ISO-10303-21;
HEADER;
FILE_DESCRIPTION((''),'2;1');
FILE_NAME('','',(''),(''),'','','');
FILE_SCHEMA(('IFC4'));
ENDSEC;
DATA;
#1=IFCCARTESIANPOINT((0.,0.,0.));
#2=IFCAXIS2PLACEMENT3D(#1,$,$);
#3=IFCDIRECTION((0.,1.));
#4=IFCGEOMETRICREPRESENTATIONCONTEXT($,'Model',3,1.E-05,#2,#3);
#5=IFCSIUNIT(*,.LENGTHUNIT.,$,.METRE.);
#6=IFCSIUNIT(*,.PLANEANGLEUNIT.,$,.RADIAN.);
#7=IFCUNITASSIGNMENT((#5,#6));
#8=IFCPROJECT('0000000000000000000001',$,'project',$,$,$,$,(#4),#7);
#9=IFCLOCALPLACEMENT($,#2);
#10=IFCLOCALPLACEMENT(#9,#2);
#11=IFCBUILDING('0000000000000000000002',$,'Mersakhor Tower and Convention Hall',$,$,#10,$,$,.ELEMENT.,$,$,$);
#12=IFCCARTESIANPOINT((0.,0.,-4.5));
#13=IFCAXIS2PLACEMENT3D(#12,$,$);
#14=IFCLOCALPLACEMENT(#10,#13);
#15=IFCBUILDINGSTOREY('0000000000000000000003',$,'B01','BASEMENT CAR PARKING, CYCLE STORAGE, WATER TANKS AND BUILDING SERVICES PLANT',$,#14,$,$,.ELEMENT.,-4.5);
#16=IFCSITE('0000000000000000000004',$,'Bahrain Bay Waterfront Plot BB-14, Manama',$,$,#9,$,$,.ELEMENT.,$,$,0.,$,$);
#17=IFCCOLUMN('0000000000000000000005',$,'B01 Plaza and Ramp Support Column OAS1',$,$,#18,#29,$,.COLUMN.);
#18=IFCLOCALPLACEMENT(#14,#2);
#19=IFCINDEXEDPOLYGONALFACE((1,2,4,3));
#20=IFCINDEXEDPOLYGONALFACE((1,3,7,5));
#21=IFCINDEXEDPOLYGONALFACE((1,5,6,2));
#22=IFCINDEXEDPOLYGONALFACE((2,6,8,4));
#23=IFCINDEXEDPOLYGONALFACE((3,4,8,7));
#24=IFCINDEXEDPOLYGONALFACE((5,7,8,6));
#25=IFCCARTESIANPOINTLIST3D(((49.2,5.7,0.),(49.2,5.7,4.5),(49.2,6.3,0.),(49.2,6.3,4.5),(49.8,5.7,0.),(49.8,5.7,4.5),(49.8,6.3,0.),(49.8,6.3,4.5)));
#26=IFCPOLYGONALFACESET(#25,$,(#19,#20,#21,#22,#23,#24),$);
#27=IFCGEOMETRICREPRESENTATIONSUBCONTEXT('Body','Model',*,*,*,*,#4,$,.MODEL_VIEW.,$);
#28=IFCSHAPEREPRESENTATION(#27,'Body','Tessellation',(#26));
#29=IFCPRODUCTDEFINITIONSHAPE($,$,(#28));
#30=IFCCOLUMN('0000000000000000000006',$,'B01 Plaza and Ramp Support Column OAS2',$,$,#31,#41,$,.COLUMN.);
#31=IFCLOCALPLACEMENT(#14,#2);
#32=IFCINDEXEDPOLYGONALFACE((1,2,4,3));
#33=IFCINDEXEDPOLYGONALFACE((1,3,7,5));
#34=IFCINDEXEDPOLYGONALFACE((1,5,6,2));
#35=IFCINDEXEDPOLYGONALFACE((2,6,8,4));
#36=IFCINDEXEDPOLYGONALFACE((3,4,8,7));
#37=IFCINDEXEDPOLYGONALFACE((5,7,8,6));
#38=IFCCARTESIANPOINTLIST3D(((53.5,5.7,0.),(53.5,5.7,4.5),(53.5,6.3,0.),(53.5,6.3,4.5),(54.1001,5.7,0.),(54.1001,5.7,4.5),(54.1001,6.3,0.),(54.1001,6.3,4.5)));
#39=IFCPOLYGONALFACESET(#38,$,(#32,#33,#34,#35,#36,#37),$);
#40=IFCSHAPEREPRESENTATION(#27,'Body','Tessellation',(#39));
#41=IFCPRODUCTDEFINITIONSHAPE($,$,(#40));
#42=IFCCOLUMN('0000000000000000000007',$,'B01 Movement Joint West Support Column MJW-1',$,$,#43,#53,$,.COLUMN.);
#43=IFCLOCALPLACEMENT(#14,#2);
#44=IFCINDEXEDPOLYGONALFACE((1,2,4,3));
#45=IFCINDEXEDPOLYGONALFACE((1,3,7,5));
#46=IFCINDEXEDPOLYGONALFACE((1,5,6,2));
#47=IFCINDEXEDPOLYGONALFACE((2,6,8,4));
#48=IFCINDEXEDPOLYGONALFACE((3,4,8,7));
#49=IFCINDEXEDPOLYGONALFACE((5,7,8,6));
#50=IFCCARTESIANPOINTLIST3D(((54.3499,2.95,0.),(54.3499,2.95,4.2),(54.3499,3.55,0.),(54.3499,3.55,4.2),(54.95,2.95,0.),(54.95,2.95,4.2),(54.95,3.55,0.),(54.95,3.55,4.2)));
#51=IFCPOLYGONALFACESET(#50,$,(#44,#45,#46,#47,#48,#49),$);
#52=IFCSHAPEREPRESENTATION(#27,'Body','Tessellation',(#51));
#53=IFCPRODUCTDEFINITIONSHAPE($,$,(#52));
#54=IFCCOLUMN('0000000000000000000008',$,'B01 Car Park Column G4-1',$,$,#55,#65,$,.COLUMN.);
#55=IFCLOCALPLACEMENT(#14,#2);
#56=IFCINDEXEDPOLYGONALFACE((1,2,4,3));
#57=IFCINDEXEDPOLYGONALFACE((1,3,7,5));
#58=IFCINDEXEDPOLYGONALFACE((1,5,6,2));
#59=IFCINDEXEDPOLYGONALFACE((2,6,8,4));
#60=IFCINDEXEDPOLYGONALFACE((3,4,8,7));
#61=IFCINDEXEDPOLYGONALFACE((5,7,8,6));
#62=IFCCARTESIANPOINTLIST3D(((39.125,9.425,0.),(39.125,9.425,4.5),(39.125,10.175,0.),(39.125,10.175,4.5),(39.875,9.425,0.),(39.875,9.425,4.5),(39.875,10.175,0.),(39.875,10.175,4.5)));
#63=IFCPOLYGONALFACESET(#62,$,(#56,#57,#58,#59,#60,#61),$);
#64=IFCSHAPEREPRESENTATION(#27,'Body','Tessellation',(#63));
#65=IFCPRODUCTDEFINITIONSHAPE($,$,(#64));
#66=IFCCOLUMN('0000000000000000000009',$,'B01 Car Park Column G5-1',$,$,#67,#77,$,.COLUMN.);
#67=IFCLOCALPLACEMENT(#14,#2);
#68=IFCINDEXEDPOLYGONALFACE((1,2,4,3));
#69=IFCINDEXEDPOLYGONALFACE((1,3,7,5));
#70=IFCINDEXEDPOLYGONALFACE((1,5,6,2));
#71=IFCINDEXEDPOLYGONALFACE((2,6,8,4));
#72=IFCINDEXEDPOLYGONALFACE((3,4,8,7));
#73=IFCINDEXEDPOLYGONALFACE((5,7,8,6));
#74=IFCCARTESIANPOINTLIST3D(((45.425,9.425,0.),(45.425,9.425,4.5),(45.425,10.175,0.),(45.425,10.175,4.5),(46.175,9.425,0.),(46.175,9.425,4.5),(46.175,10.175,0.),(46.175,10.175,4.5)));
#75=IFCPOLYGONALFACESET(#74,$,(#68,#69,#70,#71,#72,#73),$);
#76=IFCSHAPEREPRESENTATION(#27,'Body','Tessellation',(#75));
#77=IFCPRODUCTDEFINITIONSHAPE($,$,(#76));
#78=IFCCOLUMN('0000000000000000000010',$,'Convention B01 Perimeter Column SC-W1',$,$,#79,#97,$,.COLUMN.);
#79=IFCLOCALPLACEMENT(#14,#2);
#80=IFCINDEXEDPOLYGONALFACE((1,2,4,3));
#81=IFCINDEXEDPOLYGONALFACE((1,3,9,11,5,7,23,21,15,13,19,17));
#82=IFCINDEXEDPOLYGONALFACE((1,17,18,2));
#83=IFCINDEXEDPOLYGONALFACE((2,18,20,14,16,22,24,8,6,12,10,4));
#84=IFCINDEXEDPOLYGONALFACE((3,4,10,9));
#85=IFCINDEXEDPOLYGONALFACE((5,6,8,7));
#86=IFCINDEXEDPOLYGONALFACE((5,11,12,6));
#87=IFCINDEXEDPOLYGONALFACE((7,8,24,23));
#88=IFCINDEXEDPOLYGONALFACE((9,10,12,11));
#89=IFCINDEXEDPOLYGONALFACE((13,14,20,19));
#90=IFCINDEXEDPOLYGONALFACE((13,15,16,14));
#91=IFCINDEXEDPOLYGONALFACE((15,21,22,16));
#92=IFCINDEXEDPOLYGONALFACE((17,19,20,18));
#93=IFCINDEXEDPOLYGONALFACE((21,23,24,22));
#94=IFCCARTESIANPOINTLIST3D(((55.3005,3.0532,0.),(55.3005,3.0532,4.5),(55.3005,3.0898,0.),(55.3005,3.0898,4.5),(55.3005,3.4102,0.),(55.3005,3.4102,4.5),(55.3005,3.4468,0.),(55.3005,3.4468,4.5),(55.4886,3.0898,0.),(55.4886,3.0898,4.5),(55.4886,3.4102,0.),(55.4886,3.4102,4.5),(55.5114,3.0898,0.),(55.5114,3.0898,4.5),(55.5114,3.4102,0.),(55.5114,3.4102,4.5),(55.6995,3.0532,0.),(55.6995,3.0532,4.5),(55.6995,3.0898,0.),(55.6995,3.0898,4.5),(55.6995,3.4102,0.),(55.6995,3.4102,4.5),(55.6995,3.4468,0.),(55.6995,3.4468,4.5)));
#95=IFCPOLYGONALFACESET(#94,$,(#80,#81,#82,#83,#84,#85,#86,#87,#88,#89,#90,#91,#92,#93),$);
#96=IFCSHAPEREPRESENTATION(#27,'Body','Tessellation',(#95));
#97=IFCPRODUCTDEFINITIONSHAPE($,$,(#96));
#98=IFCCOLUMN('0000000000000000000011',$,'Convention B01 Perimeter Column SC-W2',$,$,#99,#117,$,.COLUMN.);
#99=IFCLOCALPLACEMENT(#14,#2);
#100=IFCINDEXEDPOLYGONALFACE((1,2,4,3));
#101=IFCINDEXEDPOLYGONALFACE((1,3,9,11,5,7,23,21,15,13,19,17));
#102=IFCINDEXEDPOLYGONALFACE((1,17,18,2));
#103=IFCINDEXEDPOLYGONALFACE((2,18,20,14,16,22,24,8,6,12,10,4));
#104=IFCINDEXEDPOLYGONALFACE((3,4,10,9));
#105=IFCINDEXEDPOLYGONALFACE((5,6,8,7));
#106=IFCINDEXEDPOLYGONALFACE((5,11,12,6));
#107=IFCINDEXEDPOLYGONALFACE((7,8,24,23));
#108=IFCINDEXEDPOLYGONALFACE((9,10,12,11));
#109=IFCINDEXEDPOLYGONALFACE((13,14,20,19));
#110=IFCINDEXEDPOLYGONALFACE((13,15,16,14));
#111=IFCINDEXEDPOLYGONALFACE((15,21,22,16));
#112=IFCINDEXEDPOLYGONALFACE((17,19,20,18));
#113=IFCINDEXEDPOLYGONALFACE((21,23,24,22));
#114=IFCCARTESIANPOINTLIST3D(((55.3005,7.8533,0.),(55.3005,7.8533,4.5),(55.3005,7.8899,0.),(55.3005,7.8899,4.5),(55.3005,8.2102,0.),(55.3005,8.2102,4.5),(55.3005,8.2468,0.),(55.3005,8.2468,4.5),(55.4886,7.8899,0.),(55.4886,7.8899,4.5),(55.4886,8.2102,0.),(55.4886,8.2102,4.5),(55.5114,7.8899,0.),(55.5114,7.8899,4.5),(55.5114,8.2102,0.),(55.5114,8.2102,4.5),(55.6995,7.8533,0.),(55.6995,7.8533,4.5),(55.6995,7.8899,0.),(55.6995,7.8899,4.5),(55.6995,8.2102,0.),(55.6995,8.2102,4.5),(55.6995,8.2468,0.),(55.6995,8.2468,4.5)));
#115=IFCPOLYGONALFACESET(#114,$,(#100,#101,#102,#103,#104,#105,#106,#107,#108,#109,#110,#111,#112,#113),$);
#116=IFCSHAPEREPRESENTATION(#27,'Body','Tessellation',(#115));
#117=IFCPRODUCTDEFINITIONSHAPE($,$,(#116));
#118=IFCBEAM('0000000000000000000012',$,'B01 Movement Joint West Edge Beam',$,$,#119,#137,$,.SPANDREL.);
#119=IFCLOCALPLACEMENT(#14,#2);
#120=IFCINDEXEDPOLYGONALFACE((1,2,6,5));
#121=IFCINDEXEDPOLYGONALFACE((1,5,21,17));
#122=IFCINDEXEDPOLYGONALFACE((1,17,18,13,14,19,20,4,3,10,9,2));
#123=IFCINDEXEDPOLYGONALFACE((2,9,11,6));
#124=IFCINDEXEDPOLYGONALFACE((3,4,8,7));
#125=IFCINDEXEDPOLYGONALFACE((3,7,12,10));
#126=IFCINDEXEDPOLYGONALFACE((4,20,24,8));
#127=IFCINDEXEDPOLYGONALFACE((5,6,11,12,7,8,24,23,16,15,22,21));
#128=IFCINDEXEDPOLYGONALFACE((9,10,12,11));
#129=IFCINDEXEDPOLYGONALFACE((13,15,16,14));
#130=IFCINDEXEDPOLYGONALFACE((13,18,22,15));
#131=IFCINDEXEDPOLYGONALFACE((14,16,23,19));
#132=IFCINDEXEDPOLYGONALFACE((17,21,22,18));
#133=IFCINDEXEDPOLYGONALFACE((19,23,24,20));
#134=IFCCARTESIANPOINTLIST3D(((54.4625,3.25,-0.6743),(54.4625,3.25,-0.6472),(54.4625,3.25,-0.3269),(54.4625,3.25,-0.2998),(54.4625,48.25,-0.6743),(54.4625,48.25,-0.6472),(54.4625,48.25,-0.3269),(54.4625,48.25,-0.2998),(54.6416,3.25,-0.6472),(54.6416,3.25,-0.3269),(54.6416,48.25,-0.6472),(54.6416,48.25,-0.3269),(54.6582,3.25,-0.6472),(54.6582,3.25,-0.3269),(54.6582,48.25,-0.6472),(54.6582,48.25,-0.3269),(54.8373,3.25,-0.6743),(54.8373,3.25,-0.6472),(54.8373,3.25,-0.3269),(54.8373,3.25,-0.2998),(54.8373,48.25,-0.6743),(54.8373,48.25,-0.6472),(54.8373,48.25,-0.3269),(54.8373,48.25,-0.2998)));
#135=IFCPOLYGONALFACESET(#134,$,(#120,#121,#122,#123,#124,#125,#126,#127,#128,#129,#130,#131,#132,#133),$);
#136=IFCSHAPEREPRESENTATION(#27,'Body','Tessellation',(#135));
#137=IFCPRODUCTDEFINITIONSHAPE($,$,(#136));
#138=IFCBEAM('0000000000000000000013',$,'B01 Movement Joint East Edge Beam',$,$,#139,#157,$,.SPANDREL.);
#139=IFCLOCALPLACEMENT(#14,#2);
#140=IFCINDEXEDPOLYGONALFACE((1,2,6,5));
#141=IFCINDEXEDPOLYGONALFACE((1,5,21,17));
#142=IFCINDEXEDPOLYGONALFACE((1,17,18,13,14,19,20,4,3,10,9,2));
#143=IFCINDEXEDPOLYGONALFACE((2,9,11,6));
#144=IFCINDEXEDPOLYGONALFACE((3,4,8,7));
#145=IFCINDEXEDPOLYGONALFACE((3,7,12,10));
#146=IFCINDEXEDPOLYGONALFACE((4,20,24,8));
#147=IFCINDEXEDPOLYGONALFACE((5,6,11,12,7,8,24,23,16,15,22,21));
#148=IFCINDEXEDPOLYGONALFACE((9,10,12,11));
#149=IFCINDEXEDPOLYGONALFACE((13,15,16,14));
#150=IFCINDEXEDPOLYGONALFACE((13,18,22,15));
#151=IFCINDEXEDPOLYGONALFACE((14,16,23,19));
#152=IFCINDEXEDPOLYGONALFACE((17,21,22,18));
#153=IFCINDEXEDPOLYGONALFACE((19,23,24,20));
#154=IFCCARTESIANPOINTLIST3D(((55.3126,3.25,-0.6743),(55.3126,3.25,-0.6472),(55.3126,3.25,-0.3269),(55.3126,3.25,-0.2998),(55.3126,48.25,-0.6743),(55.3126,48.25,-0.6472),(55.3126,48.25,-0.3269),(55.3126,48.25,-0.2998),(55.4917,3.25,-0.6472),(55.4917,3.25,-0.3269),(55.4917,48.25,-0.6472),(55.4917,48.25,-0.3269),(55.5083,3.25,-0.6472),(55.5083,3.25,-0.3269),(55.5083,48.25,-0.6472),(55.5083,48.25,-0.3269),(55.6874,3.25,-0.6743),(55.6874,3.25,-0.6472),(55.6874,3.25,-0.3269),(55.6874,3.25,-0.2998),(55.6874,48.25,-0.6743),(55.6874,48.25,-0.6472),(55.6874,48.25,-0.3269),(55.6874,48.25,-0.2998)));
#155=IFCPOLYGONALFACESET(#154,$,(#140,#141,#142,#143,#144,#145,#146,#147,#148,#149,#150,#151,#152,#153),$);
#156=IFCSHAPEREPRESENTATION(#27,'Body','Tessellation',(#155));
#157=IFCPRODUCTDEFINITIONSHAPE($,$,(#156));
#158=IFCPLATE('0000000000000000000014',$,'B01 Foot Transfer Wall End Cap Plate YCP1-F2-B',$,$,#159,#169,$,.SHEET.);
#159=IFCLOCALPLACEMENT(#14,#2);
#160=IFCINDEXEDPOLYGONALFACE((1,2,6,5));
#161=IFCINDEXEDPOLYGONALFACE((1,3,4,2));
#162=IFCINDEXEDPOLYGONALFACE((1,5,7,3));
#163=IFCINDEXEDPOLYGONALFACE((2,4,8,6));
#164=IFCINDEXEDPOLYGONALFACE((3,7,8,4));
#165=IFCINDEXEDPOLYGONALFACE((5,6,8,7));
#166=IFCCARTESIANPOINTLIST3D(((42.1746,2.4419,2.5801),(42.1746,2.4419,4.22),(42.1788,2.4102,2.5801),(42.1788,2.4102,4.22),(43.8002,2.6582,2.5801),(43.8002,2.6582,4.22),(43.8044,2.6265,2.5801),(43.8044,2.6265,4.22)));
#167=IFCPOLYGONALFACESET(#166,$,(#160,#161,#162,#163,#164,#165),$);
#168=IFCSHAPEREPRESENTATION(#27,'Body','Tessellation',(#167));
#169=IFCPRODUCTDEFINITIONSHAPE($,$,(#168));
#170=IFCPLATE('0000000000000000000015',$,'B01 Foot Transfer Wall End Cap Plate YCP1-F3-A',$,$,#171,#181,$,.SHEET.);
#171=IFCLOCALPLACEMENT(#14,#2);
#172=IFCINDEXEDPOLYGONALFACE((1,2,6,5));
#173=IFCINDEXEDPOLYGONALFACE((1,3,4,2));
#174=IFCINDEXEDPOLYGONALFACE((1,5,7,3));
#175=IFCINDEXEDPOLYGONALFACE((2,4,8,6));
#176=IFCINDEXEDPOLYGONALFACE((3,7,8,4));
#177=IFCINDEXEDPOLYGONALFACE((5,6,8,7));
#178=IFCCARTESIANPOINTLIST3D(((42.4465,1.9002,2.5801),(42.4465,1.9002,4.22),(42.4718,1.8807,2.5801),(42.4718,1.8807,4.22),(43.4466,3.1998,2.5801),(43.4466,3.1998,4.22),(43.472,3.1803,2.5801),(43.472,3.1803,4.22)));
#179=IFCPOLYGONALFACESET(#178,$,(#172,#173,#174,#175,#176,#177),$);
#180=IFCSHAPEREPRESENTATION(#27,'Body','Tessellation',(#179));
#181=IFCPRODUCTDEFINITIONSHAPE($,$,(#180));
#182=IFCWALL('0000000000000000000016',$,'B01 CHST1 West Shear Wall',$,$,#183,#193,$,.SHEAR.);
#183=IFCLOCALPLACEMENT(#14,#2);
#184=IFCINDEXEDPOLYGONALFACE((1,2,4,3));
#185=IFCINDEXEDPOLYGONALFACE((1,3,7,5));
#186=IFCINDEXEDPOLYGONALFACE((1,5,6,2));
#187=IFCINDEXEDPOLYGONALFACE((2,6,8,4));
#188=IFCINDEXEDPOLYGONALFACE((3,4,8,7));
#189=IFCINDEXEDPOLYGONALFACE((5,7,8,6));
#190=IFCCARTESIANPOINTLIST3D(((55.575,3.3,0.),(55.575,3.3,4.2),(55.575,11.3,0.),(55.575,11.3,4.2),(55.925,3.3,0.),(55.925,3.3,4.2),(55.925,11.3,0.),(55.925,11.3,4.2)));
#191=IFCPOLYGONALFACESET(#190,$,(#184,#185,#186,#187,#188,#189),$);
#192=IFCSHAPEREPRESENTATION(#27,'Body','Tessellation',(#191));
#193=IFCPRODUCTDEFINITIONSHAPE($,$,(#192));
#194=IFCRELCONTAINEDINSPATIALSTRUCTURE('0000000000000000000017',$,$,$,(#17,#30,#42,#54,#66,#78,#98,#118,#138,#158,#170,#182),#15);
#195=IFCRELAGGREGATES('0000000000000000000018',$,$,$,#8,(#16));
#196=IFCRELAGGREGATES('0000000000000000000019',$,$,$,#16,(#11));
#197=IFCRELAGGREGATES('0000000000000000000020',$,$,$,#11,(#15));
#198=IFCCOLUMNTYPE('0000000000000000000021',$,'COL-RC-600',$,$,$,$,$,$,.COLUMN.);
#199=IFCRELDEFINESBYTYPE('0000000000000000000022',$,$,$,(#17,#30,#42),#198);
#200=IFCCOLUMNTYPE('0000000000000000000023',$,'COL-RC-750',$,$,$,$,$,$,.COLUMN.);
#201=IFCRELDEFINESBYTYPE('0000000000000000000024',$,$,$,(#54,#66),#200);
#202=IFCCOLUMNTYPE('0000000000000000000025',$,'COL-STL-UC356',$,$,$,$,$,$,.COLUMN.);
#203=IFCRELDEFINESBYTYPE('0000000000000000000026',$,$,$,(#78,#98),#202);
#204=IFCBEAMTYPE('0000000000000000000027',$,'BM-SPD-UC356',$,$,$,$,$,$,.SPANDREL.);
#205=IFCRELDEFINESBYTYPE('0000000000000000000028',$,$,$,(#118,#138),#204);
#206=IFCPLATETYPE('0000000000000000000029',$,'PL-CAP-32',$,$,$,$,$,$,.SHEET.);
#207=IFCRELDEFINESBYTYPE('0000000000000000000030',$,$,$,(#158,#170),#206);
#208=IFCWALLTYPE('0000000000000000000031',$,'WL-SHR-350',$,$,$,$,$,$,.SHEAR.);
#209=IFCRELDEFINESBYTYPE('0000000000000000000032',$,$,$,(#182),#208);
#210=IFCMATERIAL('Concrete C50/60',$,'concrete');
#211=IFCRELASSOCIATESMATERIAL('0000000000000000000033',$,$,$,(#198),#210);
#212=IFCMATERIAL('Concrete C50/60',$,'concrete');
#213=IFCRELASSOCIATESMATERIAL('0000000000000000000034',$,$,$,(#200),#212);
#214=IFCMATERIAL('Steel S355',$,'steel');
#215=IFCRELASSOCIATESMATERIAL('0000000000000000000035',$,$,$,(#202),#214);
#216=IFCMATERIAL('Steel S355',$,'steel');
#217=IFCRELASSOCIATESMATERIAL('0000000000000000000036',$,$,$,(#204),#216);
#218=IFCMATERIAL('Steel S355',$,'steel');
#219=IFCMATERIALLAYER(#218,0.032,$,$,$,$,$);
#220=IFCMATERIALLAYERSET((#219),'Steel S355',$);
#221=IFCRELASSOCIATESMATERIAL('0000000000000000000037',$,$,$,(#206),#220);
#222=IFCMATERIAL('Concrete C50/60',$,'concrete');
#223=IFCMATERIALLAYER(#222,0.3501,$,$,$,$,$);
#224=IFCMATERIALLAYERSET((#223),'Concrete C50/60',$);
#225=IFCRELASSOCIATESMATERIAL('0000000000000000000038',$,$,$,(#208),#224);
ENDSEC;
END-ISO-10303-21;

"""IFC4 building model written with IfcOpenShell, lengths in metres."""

from ifc_helpers import new_model, si_unit, direction, frame, frame_2d, origin, origin_2d, place, context, subcontext, project, spatial, rectangle, i_section, extrude, material, layer, layer_set, material_profile, profile_set, type_object, element, save


model = new_model("IFC4")

# Units and contexts
model_context = context("Model", 3, precision=1e-05, world=origin(), true_north=direction((0.0, 1.0)))
body_context = subcontext(model_context, "Body", "Model", "MODEL_VIEW")
ifc_project = project(units=[si_unit("LENGTHUNIT", "METRE"), si_unit("PLANEANGLEUNIT", "RADIAN")], contexts=[model_context])

# Site, building, storey
site_placement = place(None, origin())
site = spatial("IfcSite", under=ifc_project, at=site_placement, Name="Bahrain Bay Waterfront Plot BB-14, Manama", CompositionType="ELEMENT", RefElevation=0.0)
building_placement = place(site_placement, origin())
building = spatial("IfcBuilding", under=site, at=building_placement, Name="Mersakhor Tower and Convention Hall", CompositionType="ELEMENT")
storey_placement = place(building_placement, frame((0.0, 0.0, -4.5)))
storey = spatial("IfcBuildingStorey", under=building, at=storey_placement, Name="B01", Description="BASEMENT CAR PARKING, CYCLE STORAGE, WATER TANKS AND BUILDING SERVICES PLANT", CompositionType="ELEMENT", Elevation=-4.5)

# Columns
ifc_material_1 = material(Name="Concrete C50/60", Category="concrete")
ifc_material_profile_1 = material_profile(ifc_material_1, rectangle(XDim=0.6001, YDim=0.6001, at=origin_2d()), Name="RC 600x600")
ifc_profile_set_1 = profile_set([ifc_material_profile_1], Name="Concrete C50/60")
column_type_1 = type_object("IfcColumnType", Name="COL-RC-600", PredefinedType="COLUMN", material=ifc_profile_set_1)
for number, where, z_axis, x_axis, name in (
    (1, (49.5, 6.0, 0.0), (0.0, 0.0, 1.0), (1.0, 0.0, 0.0), "B01 Plaza and Ramp Support Column OAS1"),
    (2, (53.8, 6.0, 0.0), (0.0, 0.0, 1.0), (1.0, 0.0, 0.0), "B01 Plaza and Ramp Support Column OAS2"),
):
    element("IfcColumn", number, at=place(storey_placement, frame(where, z_axis=z_axis, x_axis=x_axis)), inside=storey, type_object=column_type_1, Name=name, PredefinedType="COLUMN", context=body_context, shape_type="SweptSolid", body=[
        extrude(rectangle(XDim=0.6001, YDim=0.6001, at=origin_2d()), origin(), (0.0, 0.0, 1.0), 4.5),
    ])
column_placement = place(storey_placement, frame((54.6499, 3.25, 0.0), z_axis=(0.0, 0.0, 1.0), x_axis=(1.0, 0.0, 0.0)))
element("IfcColumn", 3, at=column_placement, inside=storey, type_object=column_type_1, Name="B01 Movement Joint West Support Column MJW-1", PredefinedType="COLUMN", context=body_context, shape_type="SweptSolid", body=[
    extrude(rectangle(XDim=0.6001, YDim=0.6001, at=origin_2d()), origin(), (0.0, 0.0, 1.0), 4.2),
])
ifc_material_2 = material(Name="Concrete C50/60", Category="concrete")
ifc_material_profile_2 = material_profile(ifc_material_2, rectangle(XDim=0.75, YDim=0.75, at=origin_2d()), Name="RC 750x750")
ifc_profile_set_2 = profile_set([ifc_material_profile_2], Name="Concrete C50/60")
column_type_2 = type_object("IfcColumnType", Name="COL-RC-750", PredefinedType="COLUMN", material=ifc_profile_set_2)
for number, where, z_axis, x_axis, name in (
    (4, (39.5, 9.8, 0.0), (0.0, 0.0, 1.0), (1.0, 0.0, 0.0), "B01 Car Park Column G4-1"),
    (5, (45.8, 9.8, 0.0), (0.0, 0.0, 1.0), (1.0, 0.0, 0.0), "B01 Car Park Column G5-1"),
):
    element("IfcColumn", number, at=place(storey_placement, frame(where, z_axis=z_axis, x_axis=x_axis)), inside=storey, type_object=column_type_2, Name=name, PredefinedType="COLUMN", context=body_context, shape_type="SweptSolid", body=[
        extrude(rectangle(XDim=0.75, YDim=0.75, at=origin_2d()), origin(), (0.0, 0.0, 1.0), 4.5),
    ])
ifc_material_3 = material(Name="Steel S355", Category="steel")
ifc_material_profile_3 = material_profile(ifc_material_3, i_section(OverallWidth=0.3989, OverallDepth=0.3936, WebThickness=0.0227, FlangeThickness=0.0366, at=origin_2d()), Name="UC 356x406x287")
ifc_profile_set_3 = profile_set([ifc_material_profile_3], Name="Steel S355")
column_type_3 = type_object("IfcColumnType", Name="COL-STL-UC356", PredefinedType="COLUMN", material=ifc_profile_set_3)
for number, where, z_axis, x_axis, name in (
    (6, (55.5, 3.25, 0.0), (0.0, 0.0, 1.0), (1.0, 0.0, 0.0), "Convention B01 Perimeter Column SC-W1"),
    (7, (55.5, 8.05, 0.0), (0.0, 0.0, 1.0), (1.0, 0.0, 0.0), "Convention B01 Perimeter Column SC-W2"),
):
    element("IfcColumn", number, at=place(storey_placement, frame(where, z_axis=z_axis, x_axis=x_axis)), inside=storey, type_object=column_type_3, Name=name, PredefinedType="COLUMN", context=body_context, shape_type="SweptSolid", body=[
        extrude(i_section(OverallWidth=0.3989, OverallDepth=0.3936, WebThickness=0.0227, FlangeThickness=0.0366, at=origin_2d()), origin(), (0.0, 0.0, 1.0), 4.5),
    ])

# Beams
ifc_material_4 = material(Name="Steel S355", Category="steel")
ifc_material_profile_4 = material_profile(ifc_material_4, i_section(OverallWidth=0.3748, OverallDepth=0.3745, WebThickness=0.0166, FlangeThickness=0.0271, at=origin_2d()), Name="UC 356x368x202")
ifc_profile_set_4 = profile_set([ifc_material_profile_4], Name="Steel S355")
beam_type = type_object("IfcBeamType", Name="BM-SPD-UC356", PredefinedType="SPANDREL", material=ifc_profile_set_4)
for number, where, z_axis, x_axis, name in (
    (8, (54.6499, 3.25, -0.4871), (0.0, 1.0, 0.0), (-1.0, 0.0, 0.0), "B01 Movement Joint West Edge Beam"),
    (9, (55.5, 3.25, -0.4871), (0.0, 1.0, 0.0), (-1.0, 0.0, 0.0), "B01 Movement Joint East Edge Beam"),
):
    element("IfcBeam", number, at=place(storey_placement, frame(where, z_axis=z_axis, x_axis=x_axis)), inside=storey, type_object=beam_type, Name=name, PredefinedType="SPANDREL", context=body_context, shape_type="SweptSolid", body=[
        extrude(i_section(OverallWidth=0.3748, OverallDepth=0.3745, WebThickness=0.0166, FlangeThickness=0.0271, at=origin_2d()), origin(), (0.0, 0.0, 1.0), 45.0),
    ])

# Plates
ifc_material_5 = material(Name="Steel S355", Category="steel")
ifc_layer_1 = layer(ifc_material_5, 0.032)
ifc_layer_set_1 = layer_set([ifc_layer_1], Name="Steel S355")
plate_type = type_object("IfcPlateType", Name="PL-CAP-32", PredefinedType="SHEET", material=ifc_layer_set_1)
for number, where, z_axis, x_axis, name in (
    (10, (42.9895, 2.5342, 2.5801), (0.0, 0.0, 1.0), (0.13191, -0.991262, 0.0), "B01 Foot Transfer Wall End Cap Plate YCP1-F2-B"),
    (11, (42.9592, 2.5403, 2.5801), (0.0, 0.0, 1.0), (0.792503, -0.609869, 0.0), "B01 Foot Transfer Wall End Cap Plate YCP1-F3-A"),
):
    element("IfcPlate", number, at=place(storey_placement, frame(where, z_axis=z_axis, x_axis=x_axis)), inside=storey, type_object=plate_type, Name=name, PredefinedType="SHEET", context=body_context, shape_type="SweptSolid", body=[
        extrude(rectangle(XDim=0.032, YDim=1.6399, at=origin_2d()), origin(), (0.0, 0.0, 1.0), 1.6399),
    ])

# Wall
ifc_material_6 = material(Name="Concrete C50/60", Category="concrete")
ifc_layer_2 = layer(ifc_material_6, 0.3501)
ifc_layer_set_2 = layer_set([ifc_layer_2], Name="Concrete C50/60")
wall_type = type_object("IfcWallType", Name="WL-SHR-350", PredefinedType="SHEAR", material=ifc_layer_set_2)
wall_1_placement = place(storey_placement, frame((55.75, 3.3, 0.0), z_axis=(0.0, 0.0, 1.0), x_axis=(0.0, 1.0, 0.0)))
element("IfcWall", 12, at=wall_1_placement, inside=storey, type_object=wall_type, Name="B01 CHST1 West Shear Wall", PredefinedType="SHEAR", context=body_context, shape_type="SweptSolid", body=[
    extrude(rectangle(XDim=8.0, YDim=0.3501, at=frame_2d((4.0, 0.0))), origin(), (0.0, 0.0, 1.0), 4.2),
])

save(model, "model.ifc")
